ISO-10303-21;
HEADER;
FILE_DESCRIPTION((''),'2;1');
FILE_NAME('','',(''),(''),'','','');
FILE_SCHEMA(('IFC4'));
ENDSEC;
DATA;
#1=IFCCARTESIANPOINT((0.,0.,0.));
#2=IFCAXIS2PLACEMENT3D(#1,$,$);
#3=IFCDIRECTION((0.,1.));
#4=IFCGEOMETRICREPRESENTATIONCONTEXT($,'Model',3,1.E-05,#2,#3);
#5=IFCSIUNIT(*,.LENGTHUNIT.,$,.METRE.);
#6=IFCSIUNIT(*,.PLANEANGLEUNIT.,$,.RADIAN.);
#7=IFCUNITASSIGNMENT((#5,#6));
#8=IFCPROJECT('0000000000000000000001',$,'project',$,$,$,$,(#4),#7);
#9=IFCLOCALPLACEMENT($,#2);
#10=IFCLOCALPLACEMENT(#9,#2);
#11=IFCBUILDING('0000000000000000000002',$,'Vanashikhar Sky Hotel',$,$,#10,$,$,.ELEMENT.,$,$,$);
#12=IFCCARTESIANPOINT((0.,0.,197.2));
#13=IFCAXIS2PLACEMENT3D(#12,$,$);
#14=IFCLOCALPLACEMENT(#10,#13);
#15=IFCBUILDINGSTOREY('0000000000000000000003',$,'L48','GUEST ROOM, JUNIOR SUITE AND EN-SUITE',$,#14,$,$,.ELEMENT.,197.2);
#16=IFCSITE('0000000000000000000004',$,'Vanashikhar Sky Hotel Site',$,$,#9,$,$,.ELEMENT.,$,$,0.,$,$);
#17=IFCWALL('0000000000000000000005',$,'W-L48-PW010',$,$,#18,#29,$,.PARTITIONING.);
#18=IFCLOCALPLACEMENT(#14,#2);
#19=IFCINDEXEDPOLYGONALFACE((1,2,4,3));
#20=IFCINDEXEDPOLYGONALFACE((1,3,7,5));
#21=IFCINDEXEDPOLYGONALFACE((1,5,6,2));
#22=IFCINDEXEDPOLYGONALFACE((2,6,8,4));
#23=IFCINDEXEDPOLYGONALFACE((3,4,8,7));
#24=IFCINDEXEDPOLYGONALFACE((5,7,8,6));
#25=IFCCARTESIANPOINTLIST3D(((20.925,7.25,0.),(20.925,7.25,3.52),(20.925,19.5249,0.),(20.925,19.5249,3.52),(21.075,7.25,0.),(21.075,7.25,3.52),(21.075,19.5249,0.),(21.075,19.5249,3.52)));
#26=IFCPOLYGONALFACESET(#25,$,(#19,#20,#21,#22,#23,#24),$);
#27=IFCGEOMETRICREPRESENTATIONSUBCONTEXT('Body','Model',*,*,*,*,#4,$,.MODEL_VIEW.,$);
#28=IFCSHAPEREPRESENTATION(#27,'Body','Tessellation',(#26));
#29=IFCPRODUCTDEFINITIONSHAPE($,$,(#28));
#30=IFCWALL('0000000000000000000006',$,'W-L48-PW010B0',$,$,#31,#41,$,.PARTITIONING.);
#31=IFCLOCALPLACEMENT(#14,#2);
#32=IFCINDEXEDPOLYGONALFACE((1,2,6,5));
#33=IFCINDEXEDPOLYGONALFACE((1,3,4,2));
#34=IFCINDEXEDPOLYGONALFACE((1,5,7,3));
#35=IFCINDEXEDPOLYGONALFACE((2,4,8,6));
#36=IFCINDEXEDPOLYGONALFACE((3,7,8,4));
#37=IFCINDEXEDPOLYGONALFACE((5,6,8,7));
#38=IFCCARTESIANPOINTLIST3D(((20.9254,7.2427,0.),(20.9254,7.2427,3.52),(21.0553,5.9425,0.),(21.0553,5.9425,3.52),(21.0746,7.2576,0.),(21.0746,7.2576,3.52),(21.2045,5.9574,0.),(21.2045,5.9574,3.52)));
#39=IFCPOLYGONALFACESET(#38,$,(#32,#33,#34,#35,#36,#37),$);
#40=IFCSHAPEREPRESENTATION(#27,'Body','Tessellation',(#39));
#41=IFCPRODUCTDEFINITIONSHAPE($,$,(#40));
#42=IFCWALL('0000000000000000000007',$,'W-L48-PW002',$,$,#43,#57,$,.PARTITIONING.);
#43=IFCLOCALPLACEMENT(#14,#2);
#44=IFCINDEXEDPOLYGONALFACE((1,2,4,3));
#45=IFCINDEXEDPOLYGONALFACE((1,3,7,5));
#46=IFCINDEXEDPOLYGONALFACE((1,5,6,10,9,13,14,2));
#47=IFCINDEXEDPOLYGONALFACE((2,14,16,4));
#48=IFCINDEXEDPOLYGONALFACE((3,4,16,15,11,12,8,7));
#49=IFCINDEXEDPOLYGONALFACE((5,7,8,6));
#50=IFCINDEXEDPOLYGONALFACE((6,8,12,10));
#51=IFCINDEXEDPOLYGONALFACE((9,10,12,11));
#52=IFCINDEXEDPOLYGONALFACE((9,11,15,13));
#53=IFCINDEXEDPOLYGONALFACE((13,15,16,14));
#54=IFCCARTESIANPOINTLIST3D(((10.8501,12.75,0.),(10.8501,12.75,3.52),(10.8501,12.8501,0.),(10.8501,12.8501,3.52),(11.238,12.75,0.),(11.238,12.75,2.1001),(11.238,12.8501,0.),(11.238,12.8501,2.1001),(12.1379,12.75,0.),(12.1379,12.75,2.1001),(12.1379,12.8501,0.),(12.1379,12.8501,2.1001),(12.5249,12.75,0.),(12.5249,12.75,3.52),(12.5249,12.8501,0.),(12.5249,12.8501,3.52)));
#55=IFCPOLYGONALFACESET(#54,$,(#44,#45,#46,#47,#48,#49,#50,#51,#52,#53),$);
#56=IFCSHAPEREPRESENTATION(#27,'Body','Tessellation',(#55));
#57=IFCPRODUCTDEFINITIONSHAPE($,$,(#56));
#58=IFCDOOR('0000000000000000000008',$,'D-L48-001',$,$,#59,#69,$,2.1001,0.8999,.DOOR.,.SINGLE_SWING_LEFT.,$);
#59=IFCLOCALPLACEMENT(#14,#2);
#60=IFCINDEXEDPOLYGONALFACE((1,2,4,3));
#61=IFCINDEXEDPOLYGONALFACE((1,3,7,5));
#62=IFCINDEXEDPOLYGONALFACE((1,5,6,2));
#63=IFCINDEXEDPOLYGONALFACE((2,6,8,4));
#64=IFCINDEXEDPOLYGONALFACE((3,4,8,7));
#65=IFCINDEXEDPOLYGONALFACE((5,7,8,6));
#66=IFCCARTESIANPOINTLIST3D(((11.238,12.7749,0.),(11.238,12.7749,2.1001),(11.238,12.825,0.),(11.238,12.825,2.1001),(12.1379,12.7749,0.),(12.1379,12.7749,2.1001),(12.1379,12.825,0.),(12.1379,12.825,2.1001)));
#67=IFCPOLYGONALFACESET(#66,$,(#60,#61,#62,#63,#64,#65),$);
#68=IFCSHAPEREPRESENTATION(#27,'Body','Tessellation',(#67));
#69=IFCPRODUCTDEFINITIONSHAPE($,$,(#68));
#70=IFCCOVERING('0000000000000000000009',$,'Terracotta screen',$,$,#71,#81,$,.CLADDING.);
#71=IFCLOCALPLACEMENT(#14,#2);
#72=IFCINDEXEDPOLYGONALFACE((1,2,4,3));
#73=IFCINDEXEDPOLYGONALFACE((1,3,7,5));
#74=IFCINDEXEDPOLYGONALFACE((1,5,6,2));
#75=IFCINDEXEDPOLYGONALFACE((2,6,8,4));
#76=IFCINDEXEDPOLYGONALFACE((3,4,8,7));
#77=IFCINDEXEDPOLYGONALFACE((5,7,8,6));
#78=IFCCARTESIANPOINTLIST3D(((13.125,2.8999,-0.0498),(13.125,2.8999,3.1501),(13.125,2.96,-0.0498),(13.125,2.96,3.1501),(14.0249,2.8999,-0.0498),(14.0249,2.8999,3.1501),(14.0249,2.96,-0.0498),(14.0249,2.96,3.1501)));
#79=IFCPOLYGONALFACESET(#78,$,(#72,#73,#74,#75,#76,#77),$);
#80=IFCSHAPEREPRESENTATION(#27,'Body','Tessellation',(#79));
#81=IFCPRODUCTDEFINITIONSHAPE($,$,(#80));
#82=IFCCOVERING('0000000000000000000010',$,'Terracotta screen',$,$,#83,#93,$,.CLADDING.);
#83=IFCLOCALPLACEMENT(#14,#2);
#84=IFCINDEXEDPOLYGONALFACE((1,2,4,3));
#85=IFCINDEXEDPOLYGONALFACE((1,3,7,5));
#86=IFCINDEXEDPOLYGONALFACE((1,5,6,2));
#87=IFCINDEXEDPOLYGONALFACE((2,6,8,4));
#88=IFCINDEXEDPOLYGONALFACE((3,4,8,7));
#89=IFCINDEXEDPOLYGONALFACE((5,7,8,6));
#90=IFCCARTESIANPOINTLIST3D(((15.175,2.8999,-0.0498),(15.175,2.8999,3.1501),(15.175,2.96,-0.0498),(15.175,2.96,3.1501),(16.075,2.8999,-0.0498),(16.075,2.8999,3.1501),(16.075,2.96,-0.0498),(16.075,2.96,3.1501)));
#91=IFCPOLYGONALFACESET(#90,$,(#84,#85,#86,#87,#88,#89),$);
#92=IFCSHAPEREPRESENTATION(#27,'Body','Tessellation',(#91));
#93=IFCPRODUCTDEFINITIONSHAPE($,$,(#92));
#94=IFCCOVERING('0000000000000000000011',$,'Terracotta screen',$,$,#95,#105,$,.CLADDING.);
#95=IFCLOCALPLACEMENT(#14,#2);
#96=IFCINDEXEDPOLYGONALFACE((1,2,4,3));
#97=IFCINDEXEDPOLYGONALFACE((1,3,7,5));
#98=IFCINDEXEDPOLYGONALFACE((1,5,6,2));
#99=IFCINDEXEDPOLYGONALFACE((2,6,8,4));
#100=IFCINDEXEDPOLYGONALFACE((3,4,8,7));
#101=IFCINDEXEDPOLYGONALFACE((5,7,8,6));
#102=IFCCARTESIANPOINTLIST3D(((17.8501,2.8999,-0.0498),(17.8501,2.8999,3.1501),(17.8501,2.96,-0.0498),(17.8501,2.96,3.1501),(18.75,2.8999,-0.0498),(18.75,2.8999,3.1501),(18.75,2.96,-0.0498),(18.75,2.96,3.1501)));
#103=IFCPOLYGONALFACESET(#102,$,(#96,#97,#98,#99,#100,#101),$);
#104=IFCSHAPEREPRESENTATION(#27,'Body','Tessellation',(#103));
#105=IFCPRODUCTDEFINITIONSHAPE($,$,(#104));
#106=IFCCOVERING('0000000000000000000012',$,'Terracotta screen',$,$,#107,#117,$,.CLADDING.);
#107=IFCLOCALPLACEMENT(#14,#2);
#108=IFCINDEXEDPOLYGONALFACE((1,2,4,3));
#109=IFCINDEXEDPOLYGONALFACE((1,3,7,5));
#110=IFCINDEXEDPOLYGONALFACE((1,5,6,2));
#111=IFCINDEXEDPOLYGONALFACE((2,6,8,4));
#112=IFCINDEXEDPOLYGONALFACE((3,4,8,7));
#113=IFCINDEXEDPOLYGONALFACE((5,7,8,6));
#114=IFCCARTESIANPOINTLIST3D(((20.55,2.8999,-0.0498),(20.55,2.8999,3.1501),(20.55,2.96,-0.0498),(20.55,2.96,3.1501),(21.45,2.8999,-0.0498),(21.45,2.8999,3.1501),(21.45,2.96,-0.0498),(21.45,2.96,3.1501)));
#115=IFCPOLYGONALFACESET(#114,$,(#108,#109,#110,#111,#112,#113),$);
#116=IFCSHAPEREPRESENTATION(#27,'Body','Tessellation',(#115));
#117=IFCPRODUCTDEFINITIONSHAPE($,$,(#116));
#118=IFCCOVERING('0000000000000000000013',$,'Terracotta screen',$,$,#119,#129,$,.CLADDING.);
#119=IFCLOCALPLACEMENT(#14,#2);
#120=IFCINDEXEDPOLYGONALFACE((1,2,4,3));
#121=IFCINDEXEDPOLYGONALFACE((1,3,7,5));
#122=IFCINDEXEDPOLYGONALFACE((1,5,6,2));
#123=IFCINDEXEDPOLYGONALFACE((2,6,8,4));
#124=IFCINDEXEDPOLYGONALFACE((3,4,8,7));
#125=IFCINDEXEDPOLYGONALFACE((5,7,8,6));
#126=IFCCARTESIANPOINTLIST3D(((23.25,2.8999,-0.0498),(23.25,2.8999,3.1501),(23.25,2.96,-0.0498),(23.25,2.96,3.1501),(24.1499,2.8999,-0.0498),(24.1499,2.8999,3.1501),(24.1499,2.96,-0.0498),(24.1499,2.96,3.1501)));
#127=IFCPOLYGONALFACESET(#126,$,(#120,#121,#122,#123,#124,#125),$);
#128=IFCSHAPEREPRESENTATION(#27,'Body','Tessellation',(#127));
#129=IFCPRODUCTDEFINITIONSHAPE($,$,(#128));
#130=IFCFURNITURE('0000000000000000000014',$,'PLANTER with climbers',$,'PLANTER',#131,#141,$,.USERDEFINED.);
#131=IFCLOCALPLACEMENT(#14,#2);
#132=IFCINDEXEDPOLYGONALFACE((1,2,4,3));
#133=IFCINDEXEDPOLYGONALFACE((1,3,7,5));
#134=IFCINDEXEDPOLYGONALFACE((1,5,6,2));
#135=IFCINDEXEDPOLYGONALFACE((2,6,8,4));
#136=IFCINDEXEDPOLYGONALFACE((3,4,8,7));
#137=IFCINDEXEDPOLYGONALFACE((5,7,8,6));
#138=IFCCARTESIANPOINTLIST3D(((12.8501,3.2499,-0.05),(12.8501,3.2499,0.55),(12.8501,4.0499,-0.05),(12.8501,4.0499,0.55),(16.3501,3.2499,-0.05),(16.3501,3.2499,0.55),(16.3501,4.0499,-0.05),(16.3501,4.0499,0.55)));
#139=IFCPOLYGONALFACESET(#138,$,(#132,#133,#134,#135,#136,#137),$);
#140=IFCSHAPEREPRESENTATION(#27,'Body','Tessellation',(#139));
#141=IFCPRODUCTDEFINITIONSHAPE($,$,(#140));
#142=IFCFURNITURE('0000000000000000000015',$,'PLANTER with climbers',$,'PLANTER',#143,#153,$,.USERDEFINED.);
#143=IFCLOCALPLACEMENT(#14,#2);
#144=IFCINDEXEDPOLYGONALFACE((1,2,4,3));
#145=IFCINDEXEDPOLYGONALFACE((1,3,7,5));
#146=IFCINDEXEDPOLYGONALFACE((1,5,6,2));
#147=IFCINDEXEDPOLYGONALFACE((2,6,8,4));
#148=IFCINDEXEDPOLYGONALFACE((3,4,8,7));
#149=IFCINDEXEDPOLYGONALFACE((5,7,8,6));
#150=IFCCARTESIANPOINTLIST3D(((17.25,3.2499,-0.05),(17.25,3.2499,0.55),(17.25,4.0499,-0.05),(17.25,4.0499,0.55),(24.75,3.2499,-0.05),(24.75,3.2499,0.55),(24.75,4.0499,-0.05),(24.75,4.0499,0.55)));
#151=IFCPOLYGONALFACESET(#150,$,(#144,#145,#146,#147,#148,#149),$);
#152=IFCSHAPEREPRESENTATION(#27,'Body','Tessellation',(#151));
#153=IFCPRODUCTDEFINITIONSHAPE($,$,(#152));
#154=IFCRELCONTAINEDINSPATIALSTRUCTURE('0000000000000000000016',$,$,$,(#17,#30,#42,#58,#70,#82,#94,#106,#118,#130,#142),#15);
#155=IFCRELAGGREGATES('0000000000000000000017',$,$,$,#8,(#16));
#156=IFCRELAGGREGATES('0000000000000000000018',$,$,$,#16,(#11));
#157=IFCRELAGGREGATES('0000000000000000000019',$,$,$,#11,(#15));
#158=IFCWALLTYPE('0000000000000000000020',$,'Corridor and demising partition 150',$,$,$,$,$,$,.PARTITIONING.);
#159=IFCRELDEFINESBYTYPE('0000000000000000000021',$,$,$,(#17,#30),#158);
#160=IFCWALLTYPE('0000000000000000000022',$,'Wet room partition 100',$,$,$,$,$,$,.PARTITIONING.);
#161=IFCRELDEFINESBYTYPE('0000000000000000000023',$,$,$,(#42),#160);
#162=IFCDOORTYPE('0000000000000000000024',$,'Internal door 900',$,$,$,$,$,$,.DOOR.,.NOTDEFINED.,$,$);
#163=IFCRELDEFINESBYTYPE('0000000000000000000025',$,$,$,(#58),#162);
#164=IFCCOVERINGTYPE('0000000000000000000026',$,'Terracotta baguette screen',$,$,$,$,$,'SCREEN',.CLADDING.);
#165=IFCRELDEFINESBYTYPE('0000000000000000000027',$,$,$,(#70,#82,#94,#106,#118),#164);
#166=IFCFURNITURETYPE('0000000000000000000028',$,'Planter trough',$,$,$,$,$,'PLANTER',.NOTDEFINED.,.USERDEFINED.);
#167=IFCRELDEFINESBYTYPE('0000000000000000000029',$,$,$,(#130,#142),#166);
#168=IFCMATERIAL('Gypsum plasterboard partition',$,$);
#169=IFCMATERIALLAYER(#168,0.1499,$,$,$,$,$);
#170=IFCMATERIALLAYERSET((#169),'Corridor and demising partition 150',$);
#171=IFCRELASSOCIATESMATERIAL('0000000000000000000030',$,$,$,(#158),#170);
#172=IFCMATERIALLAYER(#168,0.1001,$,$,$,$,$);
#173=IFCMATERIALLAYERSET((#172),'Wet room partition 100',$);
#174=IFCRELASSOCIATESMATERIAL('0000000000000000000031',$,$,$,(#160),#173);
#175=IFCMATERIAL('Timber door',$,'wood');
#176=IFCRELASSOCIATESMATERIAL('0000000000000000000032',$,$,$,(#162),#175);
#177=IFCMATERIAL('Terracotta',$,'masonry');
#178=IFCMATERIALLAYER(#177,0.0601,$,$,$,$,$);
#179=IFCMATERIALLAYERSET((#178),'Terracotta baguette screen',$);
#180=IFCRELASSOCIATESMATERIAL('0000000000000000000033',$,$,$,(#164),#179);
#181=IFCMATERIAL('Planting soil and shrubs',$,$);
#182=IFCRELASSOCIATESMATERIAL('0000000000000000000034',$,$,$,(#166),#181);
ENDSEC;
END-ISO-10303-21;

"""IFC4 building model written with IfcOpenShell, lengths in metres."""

from ifc_helpers import new_model, si_unit, direction, frame, frame_2d, origin, origin_2d, place, context, subcontext, project, spatial, rectangle, extrude, source, transform, mapped, material, layer, layer_set, type_object, element, fill, save


model = new_model("IFC4")

# Units and contexts
model_context = context("Model", 3, precision=1e-05, world=origin(), true_north=direction((0.0, 1.0)))
body_context = subcontext(model_context, "Body", "Model", "MODEL_VIEW")
ifc_project = project(units=[si_unit("LENGTHUNIT", "METRE"), si_unit("PLANEANGLEUNIT", "RADIAN")], contexts=[model_context])

# Site, building, storey
site_placement = place(None, origin())
site = spatial("IfcSite", under=ifc_project, at=site_placement, Name="Vanashikhar Sky Hotel Site", CompositionType="ELEMENT", RefElevation=0.0)
building_placement = place(site_placement, origin())
building = spatial("IfcBuilding", under=site, at=building_placement, Name="Vanashikhar Sky Hotel", CompositionType="ELEMENT")
storey_placement = place(building_placement, frame((0.0, 0.0, 197.2)))
storey = spatial("IfcBuildingStorey", under=building, at=storey_placement, Name="L48", Description="GUEST ROOM, JUNIOR SUITE AND EN-SUITE", CompositionType="ELEMENT", Elevation=197.2)

# Walls
ifc_material_1 = material(Name="Gypsum plasterboard partition")
ifc_layer_1 = layer(ifc_material_1, 0.1499)
ifc_layer_set_1 = layer_set([ifc_layer_1], Name="Corridor and demising partition 150")
wall_type_1 = type_object("IfcWallType", Name="Corridor and demising partition 150", PredefinedType="PARTITIONING", material=ifc_layer_set_1)
shared_shape_1 = source(origin(), body_context, "Body", "SweptSolid", [
    extrude(rectangle(XDim=12.2749, YDim=0.1499, at=frame_2d((6.1375, 0.0))), origin(), (0.0, 0.0, 1.0), 3.52),
])
wall_1_placement = place(storey_placement, frame((21.0, 7.25, 0.0), z_axis=(0.0, 0.0, 1.0), x_axis=(0.0, 1.0, 0.0)))
element("IfcWall", 1, at=wall_1_placement, inside=storey, type_object=wall_type_1, Name="W-L48-PW010", PredefinedType="PARTITIONING", context=body_context, shape_type="MappedRepresentation", body=[
    mapped(shared_shape_1, transform((0.0, 0.0, 0.0), scale=1.0)),
])
shared_shape_2 = source(origin(), body_context, "Body", "SweptSolid", [
    extrude(rectangle(XDim=1.3066, YDim=0.1499, at=frame_2d((0.6533, 0.0))), origin(), (0.0, 0.0, 1.0), 3.52),
])
wall_2_placement = place(storey_placement, frame((21.1299, 5.95, 0.0), z_axis=(0.0, 0.0, 1.0), x_axis=(-0.099411, 0.995046, 0.0)))
element("IfcWall", 2, at=wall_2_placement, inside=storey, type_object=wall_type_1, Name="W-L48-PW010B0", PredefinedType="PARTITIONING", context=body_context, shape_type="MappedRepresentation", body=[
    mapped(shared_shape_2, transform((0.0, 0.0, 0.0), scale=1.0)),
])

# Wall, opening, door
ifc_layer_2 = layer(ifc_material_1, 0.1001)
ifc_layer_set_2 = layer_set([ifc_layer_2], Name="Wet room partition 100")
wall_type_2 = type_object("IfcWallType", Name="Wet room partition 100", PredefinedType="PARTITIONING", material=ifc_layer_set_2)
shared_shape_3 = source(origin(), body_context, "Body", "SweptSolid", [
    extrude(rectangle(XDim=1.6748, YDim=0.1001, at=frame_2d((0.8374, 0.0))), origin(), (0.0, 0.0, 1.0), 3.52),
])
wall_3_placement = place(storey_placement, frame((10.8501, 12.8, 0.0), z_axis=(0.0, 0.0, 1.0), x_axis=(1.0, 0.0, 0.0)))
wall_3 = element("IfcWall", 3, at=wall_3_placement, inside=storey, type_object=wall_type_2, Name="W-L48-PW002", PredefinedType="PARTITIONING", context=body_context, shape_type="MappedRepresentation", body=[
    mapped(shared_shape_3, transform((0.0, 0.0, 0.0), scale=1.0)),
])
shared_shape_4 = source(origin(), body_context, "Body", "SweptSolid", [
    extrude(rectangle(XDim=0.8999, YDim=2.1001, at=frame_2d((0.45, 1.05))), frame((0.0, 0.0601, 0.0), z_axis=(0.0, -1.0, 0.0), x_axis=(1.0, 0.0, 0.0)), (0.0, 0.0, 1.0), 0.1201),
])
opening_1_placement = place(wall_3_placement, frame((0.3879, 0.0, 0.0)))
opening_1 = element("IfcOpeningElement", 4, at=opening_1_placement, cuts=wall_3, PredefinedType="OPENING", context=body_context, shape_type="MappedRepresentation", body=[
    mapped(shared_shape_4, transform((0.0, 0.0, 0.0), scale=1.0)),
])
ifc_material_2 = material(Name="Timber door", Category="wood")
door_type_1 = type_object("IfcDoorType", Name="Internal door 900", OperationType="NOTDEFINED", PredefinedType="DOOR", material=ifc_material_2)
shared_shape_5 = source(origin(), body_context, "Body", "SweptSolid", [
    extrude(rectangle(XDim=0.8999, YDim=2.1001, at=frame_2d((0.45, 1.05))), frame((0.0, 0.0249, 0.0), z_axis=(0.0, -1.0, 0.0), x_axis=(1.0, 0.0, 0.0)), (0.0, 0.0, 1.0), 0.05),
])
door_1_placement = place(opening_1_placement, origin())
door_1 = element("IfcDoor", 5, at=door_1_placement, inside=storey, type_object=door_type_1, Name="D-L48-001", OperationType="SINGLE_SWING_LEFT", OverallHeight=2.1001, OverallWidth=0.8999, PredefinedType="DOOR", context=body_context, shape_type="MappedRepresentation", body=[
    mapped(shared_shape_5, transform((0.0, 0.0, 0.0), scale=1.0)),
])
fill(opening_1, door_1)

# Coverings
ifc_material_3 = material(Name="Terracotta", Category="masonry")
ifc_layer_3 = layer(ifc_material_3, 0.0601)
ifc_layer_set_3 = layer_set([ifc_layer_3], Name="Terracotta baguette screen")
covering_type = type_object("IfcCoveringType", Name="Terracotta baguette screen", ElementType="SCREEN", PredefinedType="CLADDING", material=ifc_layer_set_3)
shared_shape_6 = source(origin(), body_context, "Body", "SweptSolid", [
    extrude(rectangle(XDim=0.8999, YDim=0.0601, at=origin_2d()), origin(), (0.0, 0.0, 1.0), 3.2),
])
for number, where, z_axis, x_axis, name in (
    (6, (13.575, 2.9299, -0.0498), (0.0, 0.0, 1.0), (1.0, 0.0, 0.0), "Terracotta screen"),
    (7, (15.625, 2.9299, -0.0498), (0.0, 0.0, 1.0), (1.0, 0.0, 0.0), "Terracotta screen"),
    (8, (18.3, 2.9299, -0.0498), (0.0, 0.0, 1.0), (1.0, 0.0, 0.0), "Terracotta screen"),
    (9, (21.0, 2.9299, -0.0498), (0.0, 0.0, 1.0), (1.0, 0.0, 0.0), "Terracotta screen"),
    (10, (23.7, 2.9299, -0.0498), (0.0, 0.0, 1.0), (1.0, 0.0, 0.0), "Terracotta screen"),
):
    element("IfcCovering", number, at=place(storey_placement, frame(where, z_axis=z_axis, x_axis=x_axis)), inside=storey, type_object=covering_type, Name=name, PredefinedType="CLADDING", context=body_context, shape_type="MappedRepresentation", body=[
        mapped(shared_shape_6, transform((0.0, 0.0, 0.0), scale=1.0)),
    ])

# Furniture
ifc_material_4 = material(Name="Planting soil and shrubs")
furniture_type = type_object("IfcFurnitureType", Name="Planter trough", ElementType="PLANTER", AssemblyPlace="NOTDEFINED", PredefinedType="USERDEFINED", material=ifc_material_4)
shared_shape_7 = source(origin(), body_context, "Body", "SweptSolid", [
    extrude(rectangle(XDim=3.5, YDim=0.8, at=origin_2d()), origin(), (0.0, 0.0, 1.0), 0.6001),
])
furniture_1_placement = place(storey_placement, frame((14.6001, 3.6499, -0.05), z_axis=(0.0, 0.0, 1.0), x_axis=(1.0, 0.0, 0.0)))
element("IfcFurniture", 11, at=furniture_1_placement, inside=storey, type_object=furniture_type, Name="PLANTER with climbers", ObjectType="PLANTER", PredefinedType="USERDEFINED", context=body_context, shape_type="MappedRepresentation", body=[
    mapped(shared_shape_7, transform((0.0, 0.0, 0.0), scale=1.0)),
])
shared_shape_8 = source(origin(), body_context, "Body", "SweptSolid", [
    extrude(rectangle(XDim=7.5, YDim=0.8, at=origin_2d()), origin(), (0.0, 0.0, 1.0), 0.6001),
])
furniture_2_placement = place(storey_placement, frame((21.0, 3.6499, -0.05), z_axis=(0.0, 0.0, 1.0), x_axis=(1.0, 0.0, 0.0)))
element("IfcFurniture", 12, at=furniture_2_placement, inside=storey, type_object=furniture_type, Name="PLANTER with climbers", ObjectType="PLANTER", PredefinedType="USERDEFINED", context=body_context, shape_type="MappedRepresentation", body=[
    mapped(shared_shape_8, transform((0.0, 0.0, 0.0), scale=1.0)),
])

save(model, "model.ifc")
